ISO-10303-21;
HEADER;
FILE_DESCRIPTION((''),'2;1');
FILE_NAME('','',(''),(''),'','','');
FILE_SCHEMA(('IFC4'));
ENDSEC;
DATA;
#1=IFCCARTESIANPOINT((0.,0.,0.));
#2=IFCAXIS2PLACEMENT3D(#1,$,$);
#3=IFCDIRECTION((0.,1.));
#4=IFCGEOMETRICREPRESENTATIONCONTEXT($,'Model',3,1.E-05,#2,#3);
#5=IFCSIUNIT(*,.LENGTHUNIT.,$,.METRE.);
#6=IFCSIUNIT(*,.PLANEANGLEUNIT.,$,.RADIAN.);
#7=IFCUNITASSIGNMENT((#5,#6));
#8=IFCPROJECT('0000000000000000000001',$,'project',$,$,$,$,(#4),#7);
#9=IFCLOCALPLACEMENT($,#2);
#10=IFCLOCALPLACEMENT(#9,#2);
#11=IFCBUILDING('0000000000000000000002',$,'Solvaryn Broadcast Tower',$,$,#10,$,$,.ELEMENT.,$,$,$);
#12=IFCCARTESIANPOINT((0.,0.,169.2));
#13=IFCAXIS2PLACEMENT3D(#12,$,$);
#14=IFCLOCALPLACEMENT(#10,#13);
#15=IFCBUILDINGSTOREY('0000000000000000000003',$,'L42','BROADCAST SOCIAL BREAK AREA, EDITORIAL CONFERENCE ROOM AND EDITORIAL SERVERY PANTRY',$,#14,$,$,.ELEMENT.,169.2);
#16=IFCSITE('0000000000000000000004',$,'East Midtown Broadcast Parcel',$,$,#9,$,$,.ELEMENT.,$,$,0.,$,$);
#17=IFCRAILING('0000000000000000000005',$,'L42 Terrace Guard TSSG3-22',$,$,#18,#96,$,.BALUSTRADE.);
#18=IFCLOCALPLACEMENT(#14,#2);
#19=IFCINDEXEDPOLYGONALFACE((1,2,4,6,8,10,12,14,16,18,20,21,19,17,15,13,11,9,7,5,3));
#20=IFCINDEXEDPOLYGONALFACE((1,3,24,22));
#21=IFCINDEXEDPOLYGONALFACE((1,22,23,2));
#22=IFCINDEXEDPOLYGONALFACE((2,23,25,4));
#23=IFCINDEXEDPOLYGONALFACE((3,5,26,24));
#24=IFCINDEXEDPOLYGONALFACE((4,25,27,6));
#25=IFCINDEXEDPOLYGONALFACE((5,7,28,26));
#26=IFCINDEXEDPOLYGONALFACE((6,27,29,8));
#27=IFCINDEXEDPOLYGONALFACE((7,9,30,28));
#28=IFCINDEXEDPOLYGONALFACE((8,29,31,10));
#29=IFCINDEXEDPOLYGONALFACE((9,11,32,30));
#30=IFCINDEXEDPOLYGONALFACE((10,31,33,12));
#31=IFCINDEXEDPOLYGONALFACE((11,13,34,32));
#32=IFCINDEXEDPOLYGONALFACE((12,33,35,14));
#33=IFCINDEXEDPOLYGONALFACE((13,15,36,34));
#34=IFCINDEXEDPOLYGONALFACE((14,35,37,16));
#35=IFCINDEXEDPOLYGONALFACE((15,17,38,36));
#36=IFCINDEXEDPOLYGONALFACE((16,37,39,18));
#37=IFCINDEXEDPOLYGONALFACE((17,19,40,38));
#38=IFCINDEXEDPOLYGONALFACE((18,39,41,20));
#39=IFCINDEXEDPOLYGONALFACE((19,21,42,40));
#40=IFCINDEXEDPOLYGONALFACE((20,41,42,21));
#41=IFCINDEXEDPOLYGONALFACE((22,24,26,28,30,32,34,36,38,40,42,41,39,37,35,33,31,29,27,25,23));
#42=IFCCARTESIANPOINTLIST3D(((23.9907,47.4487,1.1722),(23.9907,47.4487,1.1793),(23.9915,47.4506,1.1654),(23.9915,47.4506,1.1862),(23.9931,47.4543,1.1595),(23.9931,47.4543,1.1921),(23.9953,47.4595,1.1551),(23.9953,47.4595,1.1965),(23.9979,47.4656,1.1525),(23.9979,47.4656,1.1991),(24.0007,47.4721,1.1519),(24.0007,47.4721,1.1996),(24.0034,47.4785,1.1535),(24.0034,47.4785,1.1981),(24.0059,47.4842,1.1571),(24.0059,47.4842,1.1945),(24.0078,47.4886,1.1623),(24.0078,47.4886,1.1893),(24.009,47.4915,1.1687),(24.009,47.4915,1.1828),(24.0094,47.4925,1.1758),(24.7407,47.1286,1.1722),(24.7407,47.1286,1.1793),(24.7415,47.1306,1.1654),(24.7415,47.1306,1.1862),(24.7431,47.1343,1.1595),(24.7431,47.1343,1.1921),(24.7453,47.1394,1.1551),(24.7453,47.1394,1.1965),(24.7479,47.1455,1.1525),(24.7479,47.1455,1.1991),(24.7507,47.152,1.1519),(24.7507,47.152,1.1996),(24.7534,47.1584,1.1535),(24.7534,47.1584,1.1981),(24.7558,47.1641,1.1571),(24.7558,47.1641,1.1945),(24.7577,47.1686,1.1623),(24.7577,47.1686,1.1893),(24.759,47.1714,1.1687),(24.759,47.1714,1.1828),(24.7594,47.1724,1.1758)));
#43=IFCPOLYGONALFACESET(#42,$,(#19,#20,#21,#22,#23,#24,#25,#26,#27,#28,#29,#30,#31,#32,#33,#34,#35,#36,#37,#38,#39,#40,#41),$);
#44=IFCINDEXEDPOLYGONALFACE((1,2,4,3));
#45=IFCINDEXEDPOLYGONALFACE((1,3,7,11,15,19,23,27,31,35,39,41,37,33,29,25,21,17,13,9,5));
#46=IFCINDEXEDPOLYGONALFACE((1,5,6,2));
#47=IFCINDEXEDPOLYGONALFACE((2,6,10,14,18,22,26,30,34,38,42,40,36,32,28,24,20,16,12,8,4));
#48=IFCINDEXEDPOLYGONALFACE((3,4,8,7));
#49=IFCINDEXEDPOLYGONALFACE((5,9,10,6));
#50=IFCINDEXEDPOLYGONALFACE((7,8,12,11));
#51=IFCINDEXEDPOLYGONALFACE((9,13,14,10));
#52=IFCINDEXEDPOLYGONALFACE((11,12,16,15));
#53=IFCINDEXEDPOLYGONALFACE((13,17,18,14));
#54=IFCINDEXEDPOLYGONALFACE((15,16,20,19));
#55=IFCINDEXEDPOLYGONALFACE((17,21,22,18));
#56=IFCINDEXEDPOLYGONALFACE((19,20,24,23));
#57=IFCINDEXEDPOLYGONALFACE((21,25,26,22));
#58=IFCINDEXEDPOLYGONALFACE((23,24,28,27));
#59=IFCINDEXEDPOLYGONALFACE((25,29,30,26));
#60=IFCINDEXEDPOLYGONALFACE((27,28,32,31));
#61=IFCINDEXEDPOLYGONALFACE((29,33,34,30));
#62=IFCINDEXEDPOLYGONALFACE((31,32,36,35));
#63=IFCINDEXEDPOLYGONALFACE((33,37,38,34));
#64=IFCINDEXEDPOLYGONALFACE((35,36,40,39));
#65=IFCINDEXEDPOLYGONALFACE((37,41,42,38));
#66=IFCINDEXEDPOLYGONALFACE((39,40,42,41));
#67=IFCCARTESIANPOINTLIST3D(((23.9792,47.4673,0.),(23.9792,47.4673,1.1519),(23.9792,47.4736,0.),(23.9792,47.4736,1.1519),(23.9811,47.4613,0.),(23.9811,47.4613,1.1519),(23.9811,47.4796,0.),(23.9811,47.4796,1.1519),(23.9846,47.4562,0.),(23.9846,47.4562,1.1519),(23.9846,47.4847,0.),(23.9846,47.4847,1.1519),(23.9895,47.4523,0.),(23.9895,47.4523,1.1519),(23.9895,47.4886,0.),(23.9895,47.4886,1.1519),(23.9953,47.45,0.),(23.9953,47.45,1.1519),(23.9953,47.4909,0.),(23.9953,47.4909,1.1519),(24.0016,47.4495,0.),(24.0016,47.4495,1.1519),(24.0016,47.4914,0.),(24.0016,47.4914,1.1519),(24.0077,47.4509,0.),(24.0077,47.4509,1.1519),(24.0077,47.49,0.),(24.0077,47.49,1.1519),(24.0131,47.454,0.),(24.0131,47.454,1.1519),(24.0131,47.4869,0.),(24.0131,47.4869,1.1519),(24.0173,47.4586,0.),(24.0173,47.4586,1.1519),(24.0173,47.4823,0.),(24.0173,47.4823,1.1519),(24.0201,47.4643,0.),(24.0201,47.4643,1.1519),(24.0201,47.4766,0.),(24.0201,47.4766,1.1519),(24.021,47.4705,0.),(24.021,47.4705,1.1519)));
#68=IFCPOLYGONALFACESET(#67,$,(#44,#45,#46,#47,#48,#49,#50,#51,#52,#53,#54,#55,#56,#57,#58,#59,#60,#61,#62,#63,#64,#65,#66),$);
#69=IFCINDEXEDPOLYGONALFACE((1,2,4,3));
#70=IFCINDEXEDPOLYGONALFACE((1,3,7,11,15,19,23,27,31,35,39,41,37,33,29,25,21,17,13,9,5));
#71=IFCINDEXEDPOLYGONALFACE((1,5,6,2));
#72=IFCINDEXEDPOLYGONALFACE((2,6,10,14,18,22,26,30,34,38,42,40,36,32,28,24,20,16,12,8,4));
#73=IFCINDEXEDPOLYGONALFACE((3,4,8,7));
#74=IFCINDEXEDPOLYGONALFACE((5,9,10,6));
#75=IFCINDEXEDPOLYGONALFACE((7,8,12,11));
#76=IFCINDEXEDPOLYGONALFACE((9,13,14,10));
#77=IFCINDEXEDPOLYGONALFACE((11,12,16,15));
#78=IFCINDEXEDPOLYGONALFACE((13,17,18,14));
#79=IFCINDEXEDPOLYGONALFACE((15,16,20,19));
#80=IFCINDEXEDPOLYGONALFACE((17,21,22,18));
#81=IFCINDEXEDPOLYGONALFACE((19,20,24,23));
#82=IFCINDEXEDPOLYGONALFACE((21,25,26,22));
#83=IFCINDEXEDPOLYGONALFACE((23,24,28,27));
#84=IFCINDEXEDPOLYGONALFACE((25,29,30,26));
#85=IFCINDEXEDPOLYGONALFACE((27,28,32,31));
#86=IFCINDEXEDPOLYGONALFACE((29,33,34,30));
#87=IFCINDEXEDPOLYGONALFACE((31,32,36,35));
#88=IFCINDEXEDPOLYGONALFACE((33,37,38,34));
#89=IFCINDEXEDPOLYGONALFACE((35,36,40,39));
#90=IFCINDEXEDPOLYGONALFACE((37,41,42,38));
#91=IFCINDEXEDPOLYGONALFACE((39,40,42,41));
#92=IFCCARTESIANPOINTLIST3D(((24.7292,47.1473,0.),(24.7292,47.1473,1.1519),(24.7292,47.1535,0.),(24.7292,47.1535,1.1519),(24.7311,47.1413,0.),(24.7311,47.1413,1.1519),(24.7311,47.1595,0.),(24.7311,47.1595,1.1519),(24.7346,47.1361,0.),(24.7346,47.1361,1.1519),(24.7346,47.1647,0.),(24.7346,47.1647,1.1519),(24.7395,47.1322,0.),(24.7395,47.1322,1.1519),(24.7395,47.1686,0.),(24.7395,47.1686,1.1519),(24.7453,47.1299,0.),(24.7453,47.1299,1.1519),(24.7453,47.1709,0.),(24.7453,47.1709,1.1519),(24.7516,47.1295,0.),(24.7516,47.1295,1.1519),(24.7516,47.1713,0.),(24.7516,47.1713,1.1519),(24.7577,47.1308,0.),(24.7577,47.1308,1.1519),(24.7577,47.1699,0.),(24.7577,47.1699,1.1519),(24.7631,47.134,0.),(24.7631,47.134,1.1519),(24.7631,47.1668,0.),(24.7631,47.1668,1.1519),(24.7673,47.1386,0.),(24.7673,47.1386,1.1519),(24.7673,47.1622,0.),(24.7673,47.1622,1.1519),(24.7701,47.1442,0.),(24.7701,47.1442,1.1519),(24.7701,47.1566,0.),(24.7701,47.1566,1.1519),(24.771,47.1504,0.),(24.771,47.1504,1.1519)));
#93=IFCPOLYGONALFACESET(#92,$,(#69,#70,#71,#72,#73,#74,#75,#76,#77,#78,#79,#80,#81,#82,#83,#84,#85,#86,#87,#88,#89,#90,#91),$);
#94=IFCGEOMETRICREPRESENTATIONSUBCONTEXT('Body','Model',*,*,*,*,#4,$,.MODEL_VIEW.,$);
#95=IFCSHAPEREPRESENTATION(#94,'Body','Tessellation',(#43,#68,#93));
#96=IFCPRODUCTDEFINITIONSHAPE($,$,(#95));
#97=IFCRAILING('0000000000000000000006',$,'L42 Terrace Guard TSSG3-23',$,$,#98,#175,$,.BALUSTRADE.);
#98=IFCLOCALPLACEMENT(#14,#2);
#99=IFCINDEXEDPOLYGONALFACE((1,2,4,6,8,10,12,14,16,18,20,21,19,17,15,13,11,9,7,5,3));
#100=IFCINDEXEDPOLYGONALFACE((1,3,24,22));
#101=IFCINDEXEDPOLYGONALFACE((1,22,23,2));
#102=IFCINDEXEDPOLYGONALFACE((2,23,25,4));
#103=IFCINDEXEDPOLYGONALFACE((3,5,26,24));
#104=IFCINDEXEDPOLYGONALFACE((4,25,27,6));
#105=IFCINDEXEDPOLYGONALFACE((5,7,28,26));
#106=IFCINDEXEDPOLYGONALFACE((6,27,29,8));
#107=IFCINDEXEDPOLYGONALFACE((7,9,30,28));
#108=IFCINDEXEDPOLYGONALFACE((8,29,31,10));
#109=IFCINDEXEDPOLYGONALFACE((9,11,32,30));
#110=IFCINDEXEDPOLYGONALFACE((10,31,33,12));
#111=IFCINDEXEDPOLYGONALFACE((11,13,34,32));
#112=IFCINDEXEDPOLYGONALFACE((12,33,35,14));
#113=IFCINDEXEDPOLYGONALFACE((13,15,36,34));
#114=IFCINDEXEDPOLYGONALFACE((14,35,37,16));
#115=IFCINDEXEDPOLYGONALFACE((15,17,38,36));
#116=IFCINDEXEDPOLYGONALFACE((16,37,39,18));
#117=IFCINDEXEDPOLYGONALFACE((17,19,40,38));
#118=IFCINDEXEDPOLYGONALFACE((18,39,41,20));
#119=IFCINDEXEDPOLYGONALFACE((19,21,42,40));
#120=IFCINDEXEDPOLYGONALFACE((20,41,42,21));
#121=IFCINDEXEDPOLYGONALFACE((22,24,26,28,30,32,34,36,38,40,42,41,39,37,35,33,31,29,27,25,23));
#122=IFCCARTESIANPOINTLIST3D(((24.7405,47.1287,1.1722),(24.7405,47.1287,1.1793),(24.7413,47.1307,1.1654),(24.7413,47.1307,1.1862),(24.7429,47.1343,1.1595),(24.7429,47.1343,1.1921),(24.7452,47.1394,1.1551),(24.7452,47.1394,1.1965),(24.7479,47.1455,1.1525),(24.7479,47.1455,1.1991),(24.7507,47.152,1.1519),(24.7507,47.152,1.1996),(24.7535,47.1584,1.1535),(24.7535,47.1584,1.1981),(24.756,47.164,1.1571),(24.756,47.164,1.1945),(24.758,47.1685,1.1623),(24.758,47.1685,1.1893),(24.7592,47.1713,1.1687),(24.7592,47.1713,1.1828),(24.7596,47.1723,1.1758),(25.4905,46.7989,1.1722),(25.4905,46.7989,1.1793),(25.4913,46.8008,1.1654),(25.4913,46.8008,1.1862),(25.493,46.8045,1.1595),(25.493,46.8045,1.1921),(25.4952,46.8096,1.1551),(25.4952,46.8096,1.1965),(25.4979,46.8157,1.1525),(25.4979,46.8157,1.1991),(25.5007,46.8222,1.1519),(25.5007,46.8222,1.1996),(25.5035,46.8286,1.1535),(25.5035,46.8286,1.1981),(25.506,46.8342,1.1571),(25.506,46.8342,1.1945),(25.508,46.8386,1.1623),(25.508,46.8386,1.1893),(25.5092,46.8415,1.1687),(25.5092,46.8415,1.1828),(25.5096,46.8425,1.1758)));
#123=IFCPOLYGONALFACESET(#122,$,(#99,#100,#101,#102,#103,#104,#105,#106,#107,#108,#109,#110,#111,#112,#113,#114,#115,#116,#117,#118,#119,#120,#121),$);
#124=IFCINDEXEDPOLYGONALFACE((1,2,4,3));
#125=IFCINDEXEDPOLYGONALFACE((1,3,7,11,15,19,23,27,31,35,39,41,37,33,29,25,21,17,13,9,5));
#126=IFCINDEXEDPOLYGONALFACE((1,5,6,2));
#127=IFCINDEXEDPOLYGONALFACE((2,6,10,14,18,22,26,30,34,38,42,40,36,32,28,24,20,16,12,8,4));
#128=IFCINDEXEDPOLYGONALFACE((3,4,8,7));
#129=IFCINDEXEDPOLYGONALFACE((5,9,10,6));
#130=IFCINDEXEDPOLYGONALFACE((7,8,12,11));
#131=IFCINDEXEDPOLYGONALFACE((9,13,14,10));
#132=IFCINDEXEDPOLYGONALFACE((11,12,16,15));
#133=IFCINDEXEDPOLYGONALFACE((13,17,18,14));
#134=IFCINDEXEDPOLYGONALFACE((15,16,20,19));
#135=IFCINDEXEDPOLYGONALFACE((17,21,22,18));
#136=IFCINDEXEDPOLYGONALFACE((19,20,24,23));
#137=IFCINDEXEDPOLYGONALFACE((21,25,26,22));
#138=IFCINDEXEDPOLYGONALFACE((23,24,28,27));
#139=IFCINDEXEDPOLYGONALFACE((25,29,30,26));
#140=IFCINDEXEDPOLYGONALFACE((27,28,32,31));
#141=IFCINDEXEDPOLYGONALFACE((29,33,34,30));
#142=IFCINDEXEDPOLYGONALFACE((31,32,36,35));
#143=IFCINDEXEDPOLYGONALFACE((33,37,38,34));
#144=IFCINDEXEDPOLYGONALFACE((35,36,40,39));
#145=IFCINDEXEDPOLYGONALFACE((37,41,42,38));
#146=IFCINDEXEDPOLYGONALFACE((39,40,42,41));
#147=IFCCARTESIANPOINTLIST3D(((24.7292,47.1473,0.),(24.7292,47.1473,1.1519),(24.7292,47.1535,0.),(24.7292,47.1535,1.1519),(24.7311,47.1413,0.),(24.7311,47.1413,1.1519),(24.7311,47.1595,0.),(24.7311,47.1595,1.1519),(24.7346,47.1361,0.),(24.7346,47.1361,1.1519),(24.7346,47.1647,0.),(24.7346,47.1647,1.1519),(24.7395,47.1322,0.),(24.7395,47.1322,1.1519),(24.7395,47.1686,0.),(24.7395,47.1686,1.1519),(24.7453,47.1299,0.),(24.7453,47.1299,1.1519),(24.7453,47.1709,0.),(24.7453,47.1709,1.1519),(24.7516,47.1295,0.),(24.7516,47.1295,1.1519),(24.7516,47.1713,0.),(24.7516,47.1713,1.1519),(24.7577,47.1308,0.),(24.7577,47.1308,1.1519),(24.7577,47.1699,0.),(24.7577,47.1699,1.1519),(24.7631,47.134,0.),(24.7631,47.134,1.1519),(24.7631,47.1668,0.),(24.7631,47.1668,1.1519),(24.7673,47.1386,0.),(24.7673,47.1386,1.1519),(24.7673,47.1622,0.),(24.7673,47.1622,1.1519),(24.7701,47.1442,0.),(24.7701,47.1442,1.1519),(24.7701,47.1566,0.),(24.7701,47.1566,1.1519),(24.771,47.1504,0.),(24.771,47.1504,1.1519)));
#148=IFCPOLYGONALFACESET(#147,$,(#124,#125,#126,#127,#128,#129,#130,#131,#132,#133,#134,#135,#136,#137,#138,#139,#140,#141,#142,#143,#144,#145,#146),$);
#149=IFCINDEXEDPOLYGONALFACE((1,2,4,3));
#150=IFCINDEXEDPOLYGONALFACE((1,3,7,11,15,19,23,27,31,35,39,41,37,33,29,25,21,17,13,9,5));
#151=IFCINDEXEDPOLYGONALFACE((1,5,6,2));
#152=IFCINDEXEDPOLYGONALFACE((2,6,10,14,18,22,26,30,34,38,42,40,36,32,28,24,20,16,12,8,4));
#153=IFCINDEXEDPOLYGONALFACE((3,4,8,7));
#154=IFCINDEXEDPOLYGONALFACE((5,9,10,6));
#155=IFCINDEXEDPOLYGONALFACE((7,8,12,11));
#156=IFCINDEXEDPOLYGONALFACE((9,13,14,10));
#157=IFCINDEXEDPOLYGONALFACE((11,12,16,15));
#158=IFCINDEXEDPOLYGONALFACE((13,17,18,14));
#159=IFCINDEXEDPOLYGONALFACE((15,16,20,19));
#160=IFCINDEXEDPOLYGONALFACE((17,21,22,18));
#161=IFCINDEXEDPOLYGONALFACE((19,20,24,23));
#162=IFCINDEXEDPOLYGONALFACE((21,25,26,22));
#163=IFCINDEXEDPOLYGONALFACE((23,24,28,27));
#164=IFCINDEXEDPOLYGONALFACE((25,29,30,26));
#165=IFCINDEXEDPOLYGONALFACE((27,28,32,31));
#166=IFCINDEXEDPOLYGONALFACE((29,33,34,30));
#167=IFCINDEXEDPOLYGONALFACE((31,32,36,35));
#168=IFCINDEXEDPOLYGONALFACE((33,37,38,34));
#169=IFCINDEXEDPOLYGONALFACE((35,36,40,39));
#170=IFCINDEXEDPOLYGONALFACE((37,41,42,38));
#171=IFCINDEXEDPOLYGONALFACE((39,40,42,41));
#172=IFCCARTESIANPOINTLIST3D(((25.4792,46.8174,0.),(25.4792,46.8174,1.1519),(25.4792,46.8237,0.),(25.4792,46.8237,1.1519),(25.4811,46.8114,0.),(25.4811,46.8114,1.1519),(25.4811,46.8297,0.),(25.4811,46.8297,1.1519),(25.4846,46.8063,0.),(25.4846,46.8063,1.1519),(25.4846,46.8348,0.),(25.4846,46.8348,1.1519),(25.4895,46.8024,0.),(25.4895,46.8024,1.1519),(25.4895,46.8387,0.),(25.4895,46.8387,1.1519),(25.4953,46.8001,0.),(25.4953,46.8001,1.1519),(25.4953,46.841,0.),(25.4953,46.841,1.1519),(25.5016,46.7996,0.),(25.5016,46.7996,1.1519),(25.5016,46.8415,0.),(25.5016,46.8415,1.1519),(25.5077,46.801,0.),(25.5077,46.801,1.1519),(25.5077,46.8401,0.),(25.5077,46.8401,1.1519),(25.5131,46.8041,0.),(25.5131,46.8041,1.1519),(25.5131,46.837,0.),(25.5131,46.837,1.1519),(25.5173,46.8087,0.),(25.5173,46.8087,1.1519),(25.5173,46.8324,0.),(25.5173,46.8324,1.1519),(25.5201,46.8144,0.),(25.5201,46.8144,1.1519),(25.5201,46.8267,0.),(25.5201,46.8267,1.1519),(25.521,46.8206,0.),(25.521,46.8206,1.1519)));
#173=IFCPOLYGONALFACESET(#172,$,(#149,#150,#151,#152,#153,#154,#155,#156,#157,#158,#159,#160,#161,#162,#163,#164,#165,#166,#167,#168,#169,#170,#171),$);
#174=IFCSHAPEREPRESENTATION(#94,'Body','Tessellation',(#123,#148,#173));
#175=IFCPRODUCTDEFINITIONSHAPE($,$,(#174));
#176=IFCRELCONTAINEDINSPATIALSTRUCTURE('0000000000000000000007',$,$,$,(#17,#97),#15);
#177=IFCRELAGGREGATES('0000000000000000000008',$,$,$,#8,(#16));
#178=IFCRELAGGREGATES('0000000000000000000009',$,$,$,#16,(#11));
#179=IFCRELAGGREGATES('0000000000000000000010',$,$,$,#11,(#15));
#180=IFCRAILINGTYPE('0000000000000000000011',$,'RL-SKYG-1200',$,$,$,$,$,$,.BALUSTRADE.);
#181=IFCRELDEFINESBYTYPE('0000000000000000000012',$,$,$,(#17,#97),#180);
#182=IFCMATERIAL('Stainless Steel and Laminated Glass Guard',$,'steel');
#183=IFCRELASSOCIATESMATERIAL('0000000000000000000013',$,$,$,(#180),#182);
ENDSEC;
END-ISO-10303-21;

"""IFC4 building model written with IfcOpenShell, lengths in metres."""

from ifc_helpers import new_model, si_unit, direction, frame, origin, origin_2d, place, context, subcontext, project, spatial, circle, extrude, material, type_object, element, save


model = new_model("IFC4")

# Units and contexts
model_context = context("Model", 3, precision=1e-05, world=origin(), true_north=direction((0.0, 1.0)))
body_context = subcontext(model_context, "Body", "Model", "MODEL_VIEW")
ifc_project = project(units=[si_unit("LENGTHUNIT", "METRE"), si_unit("PLANEANGLEUNIT", "RADIAN")], contexts=[model_context])

# Site, building, storey
site_placement = place(None, origin())
site = spatial("IfcSite", under=ifc_project, at=site_placement, Name="East Midtown Broadcast Parcel", CompositionType="ELEMENT", RefElevation=0.0)
building_placement = place(site_placement, origin())
building = spatial("IfcBuilding", under=site, at=building_placement, Name="Solvaryn Broadcast Tower", CompositionType="ELEMENT")
storey_placement = place(building_placement, frame((0.0, 0.0, 169.2)))
storey = spatial("IfcBuildingStorey", under=building, at=storey_placement, Name="L42", Description="BROADCAST SOCIAL BREAK AREA, EDITORIAL CONFERENCE ROOM AND EDITORIAL SERVERY PANTRY", CompositionType="ELEMENT", Elevation=169.2)

# Railings
ifc_material_1 = material(Name="Stainless Steel and Laminated Glass Guard", Category="steel")
railing_type = type_object("IfcRailingType", Name="RL-SKYG-1200", PredefinedType="BALUSTRADE", material=ifc_material_1)
railing_1_placement = place(storey_placement, frame((24.0, 47.4705, 0.0)))
element("IfcRailing", 1, at=railing_1_placement, inside=storey, type_object=railing_type, Name="L42 Terrace Guard TSSG3-22", PredefinedType="BALUSTRADE", context=body_context, shape_type="SweptSolid", body=[
    extrude(circle(Radius=0.0239, at=origin_2d()), frame((0.0, 0.0, 1.1758), z_axis=(0.919748, -0.39251, 0.0), x_axis=(0.39251, 0.919748, 0.0)), (0.0, 0.0, 1.0), 0.8154),
    extrude(circle(Radius=0.021, at=origin_2d()), origin(), (0.0, 0.0, 1.0), 1.1519),
    extrude(circle(Radius=0.021, at=origin_2d()), frame((0.75, -0.3201, 0.0)), (0.0, 0.0, 1.0), 1.1519),
])
railing_2_placement = place(storey_placement, frame((24.75, 47.1504, 0.0)))
element("IfcRailing", 2, at=railing_2_placement, inside=storey, type_object=railing_type, Name="L42 Terrace Guard TSSG3-23", PredefinedType="BALUSTRADE", context=body_context, shape_type="SweptSolid", body=[
    extrude(circle(Radius=0.0239, at=origin_2d()), frame((0.0, 0.0, 1.1758), z_axis=(0.91539, -0.402569, 0.0), x_axis=(0.402569, 0.91539, 0.0)), (0.0, 0.0, 1.0), 0.8193),
    extrude(circle(Radius=0.021, at=origin_2d()), origin(), (0.0, 0.0, 1.0), 1.1519),
    extrude(circle(Radius=0.021, at=origin_2d()), frame((0.75, -0.3298, 0.0)), (0.0, 0.0, 1.0), 1.1519),
])

save(model, "model.ifc")
